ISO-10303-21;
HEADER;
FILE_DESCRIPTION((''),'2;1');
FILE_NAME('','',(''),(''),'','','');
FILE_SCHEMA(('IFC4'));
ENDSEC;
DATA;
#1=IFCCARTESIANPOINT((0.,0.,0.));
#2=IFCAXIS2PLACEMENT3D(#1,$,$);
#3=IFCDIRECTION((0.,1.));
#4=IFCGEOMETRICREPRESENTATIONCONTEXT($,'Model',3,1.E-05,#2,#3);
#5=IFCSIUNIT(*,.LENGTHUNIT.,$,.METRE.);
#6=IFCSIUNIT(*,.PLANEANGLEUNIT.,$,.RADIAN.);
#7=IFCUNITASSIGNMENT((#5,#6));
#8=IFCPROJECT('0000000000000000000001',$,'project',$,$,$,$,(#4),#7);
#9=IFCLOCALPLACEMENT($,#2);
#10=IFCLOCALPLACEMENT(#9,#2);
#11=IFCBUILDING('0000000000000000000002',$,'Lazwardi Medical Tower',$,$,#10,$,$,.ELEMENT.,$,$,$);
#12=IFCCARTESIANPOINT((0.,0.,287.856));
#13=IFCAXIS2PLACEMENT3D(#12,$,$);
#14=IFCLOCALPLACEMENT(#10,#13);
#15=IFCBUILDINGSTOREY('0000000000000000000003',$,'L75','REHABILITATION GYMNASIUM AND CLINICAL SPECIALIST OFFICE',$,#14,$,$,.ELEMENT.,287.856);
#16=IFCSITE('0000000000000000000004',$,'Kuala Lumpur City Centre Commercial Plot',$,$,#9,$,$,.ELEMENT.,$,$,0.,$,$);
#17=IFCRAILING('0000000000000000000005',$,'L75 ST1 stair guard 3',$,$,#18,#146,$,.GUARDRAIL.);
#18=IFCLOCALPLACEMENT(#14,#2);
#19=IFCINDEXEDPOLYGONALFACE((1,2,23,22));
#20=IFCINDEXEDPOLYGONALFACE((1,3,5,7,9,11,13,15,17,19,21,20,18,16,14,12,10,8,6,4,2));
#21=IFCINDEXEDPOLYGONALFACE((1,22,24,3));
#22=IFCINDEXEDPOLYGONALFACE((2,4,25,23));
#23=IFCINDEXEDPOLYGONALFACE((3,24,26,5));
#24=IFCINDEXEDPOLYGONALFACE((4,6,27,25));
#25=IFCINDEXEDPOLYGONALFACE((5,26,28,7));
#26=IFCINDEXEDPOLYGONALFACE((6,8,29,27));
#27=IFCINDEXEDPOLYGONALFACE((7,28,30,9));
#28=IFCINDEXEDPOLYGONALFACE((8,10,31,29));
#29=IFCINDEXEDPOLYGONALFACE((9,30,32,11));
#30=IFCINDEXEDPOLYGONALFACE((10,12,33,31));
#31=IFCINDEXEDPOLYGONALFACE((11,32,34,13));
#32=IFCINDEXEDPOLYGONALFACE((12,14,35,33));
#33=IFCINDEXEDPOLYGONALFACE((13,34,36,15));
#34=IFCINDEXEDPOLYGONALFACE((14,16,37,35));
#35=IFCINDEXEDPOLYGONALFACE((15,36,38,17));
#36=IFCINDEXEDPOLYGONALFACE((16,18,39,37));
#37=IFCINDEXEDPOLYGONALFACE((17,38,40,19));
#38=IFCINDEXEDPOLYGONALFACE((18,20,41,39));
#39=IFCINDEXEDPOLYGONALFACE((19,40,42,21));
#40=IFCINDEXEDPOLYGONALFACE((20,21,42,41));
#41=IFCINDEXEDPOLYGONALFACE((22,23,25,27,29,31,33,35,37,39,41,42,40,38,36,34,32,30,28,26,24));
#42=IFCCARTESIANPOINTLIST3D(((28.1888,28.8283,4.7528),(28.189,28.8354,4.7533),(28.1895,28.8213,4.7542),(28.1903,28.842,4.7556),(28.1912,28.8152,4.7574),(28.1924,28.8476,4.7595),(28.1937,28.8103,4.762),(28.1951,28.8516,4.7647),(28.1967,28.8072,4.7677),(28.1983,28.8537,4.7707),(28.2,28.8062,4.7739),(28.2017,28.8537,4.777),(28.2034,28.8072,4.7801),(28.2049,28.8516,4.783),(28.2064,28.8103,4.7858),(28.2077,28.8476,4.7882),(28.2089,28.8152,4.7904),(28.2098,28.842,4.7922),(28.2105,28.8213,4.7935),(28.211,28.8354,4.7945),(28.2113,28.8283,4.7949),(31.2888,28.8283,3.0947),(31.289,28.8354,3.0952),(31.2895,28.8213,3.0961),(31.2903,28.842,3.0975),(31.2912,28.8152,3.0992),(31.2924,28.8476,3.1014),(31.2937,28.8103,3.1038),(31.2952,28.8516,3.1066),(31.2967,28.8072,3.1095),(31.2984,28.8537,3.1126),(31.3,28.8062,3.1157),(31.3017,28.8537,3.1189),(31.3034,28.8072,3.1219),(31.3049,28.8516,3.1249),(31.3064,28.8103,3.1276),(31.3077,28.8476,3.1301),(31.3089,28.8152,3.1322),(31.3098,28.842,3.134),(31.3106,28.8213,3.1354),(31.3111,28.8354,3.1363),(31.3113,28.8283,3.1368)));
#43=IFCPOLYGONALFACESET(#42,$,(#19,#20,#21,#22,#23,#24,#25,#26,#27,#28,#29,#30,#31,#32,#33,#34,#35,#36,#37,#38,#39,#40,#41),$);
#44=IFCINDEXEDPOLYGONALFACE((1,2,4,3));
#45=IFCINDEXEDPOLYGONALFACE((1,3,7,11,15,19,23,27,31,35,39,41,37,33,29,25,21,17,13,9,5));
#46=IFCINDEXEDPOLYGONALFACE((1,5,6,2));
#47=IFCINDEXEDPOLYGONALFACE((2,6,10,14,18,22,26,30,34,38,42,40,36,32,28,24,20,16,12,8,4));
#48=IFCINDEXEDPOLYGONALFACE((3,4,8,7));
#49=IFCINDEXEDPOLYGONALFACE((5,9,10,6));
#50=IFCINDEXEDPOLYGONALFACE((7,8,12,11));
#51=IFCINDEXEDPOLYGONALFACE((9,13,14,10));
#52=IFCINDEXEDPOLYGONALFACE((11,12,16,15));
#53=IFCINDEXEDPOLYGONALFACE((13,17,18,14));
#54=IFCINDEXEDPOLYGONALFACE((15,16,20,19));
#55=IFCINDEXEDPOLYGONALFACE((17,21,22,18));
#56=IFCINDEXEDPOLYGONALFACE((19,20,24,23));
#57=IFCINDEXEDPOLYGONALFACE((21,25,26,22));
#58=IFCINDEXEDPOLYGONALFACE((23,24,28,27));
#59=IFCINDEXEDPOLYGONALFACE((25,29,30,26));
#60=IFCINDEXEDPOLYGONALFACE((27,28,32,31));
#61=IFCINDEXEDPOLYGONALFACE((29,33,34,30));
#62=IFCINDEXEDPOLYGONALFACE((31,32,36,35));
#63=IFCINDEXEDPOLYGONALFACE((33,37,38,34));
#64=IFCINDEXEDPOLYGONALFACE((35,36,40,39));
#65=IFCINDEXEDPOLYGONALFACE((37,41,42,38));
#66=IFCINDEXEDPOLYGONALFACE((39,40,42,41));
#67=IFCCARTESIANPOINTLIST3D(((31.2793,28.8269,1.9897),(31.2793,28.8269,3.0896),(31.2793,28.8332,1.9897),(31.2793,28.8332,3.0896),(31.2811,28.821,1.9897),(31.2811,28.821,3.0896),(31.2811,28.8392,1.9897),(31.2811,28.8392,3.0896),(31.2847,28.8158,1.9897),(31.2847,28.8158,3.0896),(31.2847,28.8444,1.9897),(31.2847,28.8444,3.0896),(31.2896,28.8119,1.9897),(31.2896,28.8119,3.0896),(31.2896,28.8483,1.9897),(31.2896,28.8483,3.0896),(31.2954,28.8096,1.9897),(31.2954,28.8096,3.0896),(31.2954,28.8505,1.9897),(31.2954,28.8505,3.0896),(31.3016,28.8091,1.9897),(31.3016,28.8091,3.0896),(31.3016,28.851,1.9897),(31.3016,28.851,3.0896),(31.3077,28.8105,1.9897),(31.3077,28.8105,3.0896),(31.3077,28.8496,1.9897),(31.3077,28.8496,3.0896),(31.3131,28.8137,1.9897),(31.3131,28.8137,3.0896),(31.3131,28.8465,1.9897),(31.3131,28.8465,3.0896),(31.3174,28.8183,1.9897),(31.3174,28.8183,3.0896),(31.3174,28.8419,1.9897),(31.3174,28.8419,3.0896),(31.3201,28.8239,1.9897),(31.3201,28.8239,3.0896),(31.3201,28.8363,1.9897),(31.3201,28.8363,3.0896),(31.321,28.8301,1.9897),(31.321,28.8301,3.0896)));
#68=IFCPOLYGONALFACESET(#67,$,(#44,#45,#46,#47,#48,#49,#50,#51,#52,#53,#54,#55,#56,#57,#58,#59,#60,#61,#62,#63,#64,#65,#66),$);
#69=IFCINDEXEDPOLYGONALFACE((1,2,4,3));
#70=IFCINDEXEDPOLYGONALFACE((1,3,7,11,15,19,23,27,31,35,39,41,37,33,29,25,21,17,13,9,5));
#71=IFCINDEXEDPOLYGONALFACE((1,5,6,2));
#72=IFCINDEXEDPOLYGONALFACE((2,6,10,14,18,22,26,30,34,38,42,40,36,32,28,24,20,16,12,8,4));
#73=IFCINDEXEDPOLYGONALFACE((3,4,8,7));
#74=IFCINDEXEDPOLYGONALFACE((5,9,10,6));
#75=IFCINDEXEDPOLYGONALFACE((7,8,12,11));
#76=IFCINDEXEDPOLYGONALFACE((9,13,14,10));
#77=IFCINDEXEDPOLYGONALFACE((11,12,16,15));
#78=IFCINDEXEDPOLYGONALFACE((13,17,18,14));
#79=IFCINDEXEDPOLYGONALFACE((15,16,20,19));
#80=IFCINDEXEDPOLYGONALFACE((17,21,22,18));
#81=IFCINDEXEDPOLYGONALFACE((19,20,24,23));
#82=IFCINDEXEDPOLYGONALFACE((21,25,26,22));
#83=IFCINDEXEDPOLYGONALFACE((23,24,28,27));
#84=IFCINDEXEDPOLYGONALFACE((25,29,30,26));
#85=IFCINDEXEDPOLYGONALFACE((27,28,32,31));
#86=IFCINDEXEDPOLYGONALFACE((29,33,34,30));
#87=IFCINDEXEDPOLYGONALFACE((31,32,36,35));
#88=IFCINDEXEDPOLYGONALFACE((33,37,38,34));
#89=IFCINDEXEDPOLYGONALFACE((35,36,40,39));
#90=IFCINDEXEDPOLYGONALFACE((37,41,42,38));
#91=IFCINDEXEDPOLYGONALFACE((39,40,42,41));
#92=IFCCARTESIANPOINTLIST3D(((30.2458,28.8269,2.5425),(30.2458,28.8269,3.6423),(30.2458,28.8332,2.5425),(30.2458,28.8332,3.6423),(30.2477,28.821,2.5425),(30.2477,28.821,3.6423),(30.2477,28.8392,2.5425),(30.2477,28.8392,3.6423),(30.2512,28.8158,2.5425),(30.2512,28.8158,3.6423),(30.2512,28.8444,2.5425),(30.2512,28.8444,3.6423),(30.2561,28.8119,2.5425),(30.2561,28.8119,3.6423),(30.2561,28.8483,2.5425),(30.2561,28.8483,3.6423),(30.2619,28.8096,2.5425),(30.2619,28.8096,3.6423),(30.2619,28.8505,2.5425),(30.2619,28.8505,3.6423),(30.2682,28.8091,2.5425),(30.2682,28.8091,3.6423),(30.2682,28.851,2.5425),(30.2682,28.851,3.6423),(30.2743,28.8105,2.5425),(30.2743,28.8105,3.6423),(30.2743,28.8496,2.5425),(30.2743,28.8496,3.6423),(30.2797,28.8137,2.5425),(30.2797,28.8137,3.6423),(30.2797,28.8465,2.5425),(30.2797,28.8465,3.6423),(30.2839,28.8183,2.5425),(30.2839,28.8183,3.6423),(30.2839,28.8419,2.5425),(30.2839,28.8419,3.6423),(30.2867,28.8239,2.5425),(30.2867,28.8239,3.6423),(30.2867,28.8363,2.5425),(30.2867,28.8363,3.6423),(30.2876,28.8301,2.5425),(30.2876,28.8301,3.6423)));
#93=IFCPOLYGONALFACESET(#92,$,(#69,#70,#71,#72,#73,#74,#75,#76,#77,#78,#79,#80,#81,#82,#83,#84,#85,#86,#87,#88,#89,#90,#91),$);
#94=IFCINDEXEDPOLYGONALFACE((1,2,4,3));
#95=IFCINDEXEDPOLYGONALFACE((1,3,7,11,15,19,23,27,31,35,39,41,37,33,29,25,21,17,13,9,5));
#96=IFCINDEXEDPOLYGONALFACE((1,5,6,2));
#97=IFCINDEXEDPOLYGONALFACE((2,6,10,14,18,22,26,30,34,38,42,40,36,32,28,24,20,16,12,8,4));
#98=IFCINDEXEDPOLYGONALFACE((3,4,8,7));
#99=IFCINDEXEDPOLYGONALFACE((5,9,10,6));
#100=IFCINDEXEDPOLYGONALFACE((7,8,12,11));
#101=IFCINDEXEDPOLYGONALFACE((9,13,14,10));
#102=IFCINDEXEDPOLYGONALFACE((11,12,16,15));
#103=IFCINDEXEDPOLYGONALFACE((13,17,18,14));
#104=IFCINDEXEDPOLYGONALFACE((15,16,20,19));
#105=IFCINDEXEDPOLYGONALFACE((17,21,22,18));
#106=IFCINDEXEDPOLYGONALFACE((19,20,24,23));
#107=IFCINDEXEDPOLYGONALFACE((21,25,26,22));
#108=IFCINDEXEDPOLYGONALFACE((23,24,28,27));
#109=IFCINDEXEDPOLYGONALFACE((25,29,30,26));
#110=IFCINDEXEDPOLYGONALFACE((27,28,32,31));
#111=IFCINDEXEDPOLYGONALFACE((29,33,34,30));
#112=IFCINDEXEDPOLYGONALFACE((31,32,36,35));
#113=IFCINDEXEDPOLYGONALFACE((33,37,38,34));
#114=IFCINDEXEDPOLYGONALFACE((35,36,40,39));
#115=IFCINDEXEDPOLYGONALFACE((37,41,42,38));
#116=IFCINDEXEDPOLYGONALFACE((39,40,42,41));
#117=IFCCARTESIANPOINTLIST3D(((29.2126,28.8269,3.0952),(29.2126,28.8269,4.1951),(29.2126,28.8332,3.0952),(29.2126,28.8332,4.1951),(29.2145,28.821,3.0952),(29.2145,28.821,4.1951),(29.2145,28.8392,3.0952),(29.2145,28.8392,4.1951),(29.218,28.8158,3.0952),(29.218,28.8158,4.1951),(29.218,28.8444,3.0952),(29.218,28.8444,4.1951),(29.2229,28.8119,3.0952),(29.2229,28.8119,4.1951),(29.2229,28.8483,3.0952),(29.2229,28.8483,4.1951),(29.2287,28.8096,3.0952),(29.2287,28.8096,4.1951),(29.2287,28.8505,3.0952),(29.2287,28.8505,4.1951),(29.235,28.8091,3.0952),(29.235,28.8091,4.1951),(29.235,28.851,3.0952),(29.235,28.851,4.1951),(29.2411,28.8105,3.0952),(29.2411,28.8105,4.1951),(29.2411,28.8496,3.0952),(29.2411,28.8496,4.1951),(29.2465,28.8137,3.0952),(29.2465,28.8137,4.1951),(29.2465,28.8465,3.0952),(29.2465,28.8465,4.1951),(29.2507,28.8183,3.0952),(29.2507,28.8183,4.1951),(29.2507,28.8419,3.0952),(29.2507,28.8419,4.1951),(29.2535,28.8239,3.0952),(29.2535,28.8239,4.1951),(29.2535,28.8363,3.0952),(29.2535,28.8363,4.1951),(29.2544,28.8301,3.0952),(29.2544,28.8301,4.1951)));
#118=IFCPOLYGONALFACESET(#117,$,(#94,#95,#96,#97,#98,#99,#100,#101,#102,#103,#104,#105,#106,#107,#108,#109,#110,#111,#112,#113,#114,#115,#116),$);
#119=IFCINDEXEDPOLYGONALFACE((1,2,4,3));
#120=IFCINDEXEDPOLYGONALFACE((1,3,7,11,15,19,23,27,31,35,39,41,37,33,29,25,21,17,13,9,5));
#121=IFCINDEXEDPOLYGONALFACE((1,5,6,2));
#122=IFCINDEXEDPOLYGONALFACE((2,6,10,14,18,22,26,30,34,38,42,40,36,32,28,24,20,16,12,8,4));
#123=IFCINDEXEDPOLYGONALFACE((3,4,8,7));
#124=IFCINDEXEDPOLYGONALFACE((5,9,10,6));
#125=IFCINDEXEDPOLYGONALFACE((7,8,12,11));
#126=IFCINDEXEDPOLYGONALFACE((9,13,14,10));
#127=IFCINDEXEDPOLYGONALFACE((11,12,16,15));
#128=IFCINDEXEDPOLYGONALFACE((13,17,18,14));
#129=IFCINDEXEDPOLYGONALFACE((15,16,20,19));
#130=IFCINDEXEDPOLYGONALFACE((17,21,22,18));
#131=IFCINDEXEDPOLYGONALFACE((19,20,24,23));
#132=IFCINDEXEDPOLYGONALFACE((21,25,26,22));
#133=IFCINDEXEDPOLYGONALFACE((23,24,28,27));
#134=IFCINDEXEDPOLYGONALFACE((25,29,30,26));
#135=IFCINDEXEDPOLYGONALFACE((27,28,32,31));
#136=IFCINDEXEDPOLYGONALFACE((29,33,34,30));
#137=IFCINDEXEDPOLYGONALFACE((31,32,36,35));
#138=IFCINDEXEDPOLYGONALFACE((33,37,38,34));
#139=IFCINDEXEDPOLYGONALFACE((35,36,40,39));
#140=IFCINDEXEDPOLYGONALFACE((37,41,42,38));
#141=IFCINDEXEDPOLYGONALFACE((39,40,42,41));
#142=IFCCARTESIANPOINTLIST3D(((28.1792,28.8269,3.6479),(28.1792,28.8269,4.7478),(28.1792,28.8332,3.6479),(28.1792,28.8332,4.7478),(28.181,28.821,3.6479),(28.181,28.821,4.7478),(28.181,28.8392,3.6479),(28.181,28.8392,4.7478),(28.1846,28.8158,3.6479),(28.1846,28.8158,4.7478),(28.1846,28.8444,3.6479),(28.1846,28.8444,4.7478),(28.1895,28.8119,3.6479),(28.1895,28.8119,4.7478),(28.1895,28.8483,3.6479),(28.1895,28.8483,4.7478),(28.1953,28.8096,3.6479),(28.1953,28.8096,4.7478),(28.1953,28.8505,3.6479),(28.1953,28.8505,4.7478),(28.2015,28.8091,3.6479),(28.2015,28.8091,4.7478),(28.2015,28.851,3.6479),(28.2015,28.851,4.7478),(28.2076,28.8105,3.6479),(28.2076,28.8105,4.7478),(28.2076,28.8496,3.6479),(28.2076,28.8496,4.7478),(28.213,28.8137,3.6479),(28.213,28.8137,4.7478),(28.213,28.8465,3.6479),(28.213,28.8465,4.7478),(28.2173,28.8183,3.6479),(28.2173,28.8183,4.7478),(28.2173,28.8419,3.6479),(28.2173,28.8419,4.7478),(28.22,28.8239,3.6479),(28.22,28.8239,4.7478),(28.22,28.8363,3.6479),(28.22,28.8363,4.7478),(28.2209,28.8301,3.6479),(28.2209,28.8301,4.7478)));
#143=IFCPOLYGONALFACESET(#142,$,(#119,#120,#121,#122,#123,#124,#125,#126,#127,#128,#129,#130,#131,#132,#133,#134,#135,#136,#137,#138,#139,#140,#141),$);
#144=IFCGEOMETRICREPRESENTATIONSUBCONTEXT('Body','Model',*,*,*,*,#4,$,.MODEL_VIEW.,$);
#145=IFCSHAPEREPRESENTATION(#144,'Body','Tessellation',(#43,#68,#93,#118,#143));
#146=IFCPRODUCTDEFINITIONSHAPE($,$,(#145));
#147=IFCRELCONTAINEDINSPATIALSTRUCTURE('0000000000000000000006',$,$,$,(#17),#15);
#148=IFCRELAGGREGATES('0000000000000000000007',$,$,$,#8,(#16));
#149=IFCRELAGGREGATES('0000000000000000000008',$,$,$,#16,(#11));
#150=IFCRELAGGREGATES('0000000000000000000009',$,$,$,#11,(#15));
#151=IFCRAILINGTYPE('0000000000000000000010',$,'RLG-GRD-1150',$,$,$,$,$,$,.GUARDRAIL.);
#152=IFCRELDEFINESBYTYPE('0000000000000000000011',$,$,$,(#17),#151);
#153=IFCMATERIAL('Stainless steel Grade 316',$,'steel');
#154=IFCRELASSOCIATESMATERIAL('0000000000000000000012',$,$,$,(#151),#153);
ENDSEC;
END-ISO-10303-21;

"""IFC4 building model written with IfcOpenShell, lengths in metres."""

from ifc_helpers import new_model, si_unit, direction, frame, origin, origin_2d, place, context, subcontext, project, spatial, circle, extrude, material, type_object, element, save


model = new_model("IFC4")

# Units and contexts
model_context = context("Model", 3, precision=1e-05, world=origin(), true_north=direction((0.0, 1.0)))
body_context = subcontext(model_context, "Body", "Model", "MODEL_VIEW")
ifc_project = project(units=[si_unit("LENGTHUNIT", "METRE"), si_unit("PLANEANGLEUNIT", "RADIAN")], contexts=[model_context])

# Site, building, storey
site_placement = place(None, origin())
site = spatial("IfcSite", under=ifc_project, at=site_placement, Name="Kuala Lumpur City Centre Commercial Plot", CompositionType="ELEMENT", RefElevation=0.0)
building_placement = place(site_placement, origin())
building = spatial("IfcBuilding", under=site, at=building_placement, Name="Lazwardi Medical Tower", CompositionType="ELEMENT")
storey_placement = place(building_placement, frame((0.0, 0.0, 287.856)))
storey = spatial("IfcBuildingStorey", under=building, at=storey_placement, Name="L75", Description="REHABILITATION GYMNASIUM AND CLINICAL SPECIALIST OFFICE", CompositionType="ELEMENT", Elevation=287.856)

# Railing
ifc_material_1 = material(Name="Stainless steel Grade 316", Category="steel")
railing_type_1 = type_object("IfcRailingType", Name="RLG-GRD-1150", PredefinedType="GUARDRAIL", material=ifc_material_1)
railing_1_placement = place(storey_placement, frame((31.3, 28.8301, 1.9897)))
element("IfcRailing", 1, at=railing_1_placement, inside=storey, type_object=railing_type_1, Name="L75 ST1 stair guard 3", PredefinedType="GUARDRAIL", context=body_context, shape_type="SweptSolid", body=[
    extrude(circle(Radius=0.0239, at=origin_2d()), frame((0.0, 0.0, 1.126), z_axis=(-0.881783, 0.0, 0.471655), x_axis=(0.0, -1.0, 0.0)), (0.0, 0.0, 1.0), 3.5156),
    extrude(circle(Radius=0.021, at=origin_2d()), origin(), (0.0, 0.0, 1.0), 1.0999),
    extrude(circle(Radius=0.021, at=origin_2d()), frame((-1.0334, 0.0, 0.5527)), (0.0, 0.0, 1.0), 1.0999),
    extrude(circle(Radius=0.021, at=origin_2d()), frame((-2.0667, 0.0, 1.1055)), (0.0, 0.0, 1.0), 1.0999),
    extrude(circle(Radius=0.021, at=origin_2d()), frame((-3.1001, 0.0, 1.6582)), (0.0, 0.0, 1.0), 1.0999),
])

save(model, "model.ifc")
